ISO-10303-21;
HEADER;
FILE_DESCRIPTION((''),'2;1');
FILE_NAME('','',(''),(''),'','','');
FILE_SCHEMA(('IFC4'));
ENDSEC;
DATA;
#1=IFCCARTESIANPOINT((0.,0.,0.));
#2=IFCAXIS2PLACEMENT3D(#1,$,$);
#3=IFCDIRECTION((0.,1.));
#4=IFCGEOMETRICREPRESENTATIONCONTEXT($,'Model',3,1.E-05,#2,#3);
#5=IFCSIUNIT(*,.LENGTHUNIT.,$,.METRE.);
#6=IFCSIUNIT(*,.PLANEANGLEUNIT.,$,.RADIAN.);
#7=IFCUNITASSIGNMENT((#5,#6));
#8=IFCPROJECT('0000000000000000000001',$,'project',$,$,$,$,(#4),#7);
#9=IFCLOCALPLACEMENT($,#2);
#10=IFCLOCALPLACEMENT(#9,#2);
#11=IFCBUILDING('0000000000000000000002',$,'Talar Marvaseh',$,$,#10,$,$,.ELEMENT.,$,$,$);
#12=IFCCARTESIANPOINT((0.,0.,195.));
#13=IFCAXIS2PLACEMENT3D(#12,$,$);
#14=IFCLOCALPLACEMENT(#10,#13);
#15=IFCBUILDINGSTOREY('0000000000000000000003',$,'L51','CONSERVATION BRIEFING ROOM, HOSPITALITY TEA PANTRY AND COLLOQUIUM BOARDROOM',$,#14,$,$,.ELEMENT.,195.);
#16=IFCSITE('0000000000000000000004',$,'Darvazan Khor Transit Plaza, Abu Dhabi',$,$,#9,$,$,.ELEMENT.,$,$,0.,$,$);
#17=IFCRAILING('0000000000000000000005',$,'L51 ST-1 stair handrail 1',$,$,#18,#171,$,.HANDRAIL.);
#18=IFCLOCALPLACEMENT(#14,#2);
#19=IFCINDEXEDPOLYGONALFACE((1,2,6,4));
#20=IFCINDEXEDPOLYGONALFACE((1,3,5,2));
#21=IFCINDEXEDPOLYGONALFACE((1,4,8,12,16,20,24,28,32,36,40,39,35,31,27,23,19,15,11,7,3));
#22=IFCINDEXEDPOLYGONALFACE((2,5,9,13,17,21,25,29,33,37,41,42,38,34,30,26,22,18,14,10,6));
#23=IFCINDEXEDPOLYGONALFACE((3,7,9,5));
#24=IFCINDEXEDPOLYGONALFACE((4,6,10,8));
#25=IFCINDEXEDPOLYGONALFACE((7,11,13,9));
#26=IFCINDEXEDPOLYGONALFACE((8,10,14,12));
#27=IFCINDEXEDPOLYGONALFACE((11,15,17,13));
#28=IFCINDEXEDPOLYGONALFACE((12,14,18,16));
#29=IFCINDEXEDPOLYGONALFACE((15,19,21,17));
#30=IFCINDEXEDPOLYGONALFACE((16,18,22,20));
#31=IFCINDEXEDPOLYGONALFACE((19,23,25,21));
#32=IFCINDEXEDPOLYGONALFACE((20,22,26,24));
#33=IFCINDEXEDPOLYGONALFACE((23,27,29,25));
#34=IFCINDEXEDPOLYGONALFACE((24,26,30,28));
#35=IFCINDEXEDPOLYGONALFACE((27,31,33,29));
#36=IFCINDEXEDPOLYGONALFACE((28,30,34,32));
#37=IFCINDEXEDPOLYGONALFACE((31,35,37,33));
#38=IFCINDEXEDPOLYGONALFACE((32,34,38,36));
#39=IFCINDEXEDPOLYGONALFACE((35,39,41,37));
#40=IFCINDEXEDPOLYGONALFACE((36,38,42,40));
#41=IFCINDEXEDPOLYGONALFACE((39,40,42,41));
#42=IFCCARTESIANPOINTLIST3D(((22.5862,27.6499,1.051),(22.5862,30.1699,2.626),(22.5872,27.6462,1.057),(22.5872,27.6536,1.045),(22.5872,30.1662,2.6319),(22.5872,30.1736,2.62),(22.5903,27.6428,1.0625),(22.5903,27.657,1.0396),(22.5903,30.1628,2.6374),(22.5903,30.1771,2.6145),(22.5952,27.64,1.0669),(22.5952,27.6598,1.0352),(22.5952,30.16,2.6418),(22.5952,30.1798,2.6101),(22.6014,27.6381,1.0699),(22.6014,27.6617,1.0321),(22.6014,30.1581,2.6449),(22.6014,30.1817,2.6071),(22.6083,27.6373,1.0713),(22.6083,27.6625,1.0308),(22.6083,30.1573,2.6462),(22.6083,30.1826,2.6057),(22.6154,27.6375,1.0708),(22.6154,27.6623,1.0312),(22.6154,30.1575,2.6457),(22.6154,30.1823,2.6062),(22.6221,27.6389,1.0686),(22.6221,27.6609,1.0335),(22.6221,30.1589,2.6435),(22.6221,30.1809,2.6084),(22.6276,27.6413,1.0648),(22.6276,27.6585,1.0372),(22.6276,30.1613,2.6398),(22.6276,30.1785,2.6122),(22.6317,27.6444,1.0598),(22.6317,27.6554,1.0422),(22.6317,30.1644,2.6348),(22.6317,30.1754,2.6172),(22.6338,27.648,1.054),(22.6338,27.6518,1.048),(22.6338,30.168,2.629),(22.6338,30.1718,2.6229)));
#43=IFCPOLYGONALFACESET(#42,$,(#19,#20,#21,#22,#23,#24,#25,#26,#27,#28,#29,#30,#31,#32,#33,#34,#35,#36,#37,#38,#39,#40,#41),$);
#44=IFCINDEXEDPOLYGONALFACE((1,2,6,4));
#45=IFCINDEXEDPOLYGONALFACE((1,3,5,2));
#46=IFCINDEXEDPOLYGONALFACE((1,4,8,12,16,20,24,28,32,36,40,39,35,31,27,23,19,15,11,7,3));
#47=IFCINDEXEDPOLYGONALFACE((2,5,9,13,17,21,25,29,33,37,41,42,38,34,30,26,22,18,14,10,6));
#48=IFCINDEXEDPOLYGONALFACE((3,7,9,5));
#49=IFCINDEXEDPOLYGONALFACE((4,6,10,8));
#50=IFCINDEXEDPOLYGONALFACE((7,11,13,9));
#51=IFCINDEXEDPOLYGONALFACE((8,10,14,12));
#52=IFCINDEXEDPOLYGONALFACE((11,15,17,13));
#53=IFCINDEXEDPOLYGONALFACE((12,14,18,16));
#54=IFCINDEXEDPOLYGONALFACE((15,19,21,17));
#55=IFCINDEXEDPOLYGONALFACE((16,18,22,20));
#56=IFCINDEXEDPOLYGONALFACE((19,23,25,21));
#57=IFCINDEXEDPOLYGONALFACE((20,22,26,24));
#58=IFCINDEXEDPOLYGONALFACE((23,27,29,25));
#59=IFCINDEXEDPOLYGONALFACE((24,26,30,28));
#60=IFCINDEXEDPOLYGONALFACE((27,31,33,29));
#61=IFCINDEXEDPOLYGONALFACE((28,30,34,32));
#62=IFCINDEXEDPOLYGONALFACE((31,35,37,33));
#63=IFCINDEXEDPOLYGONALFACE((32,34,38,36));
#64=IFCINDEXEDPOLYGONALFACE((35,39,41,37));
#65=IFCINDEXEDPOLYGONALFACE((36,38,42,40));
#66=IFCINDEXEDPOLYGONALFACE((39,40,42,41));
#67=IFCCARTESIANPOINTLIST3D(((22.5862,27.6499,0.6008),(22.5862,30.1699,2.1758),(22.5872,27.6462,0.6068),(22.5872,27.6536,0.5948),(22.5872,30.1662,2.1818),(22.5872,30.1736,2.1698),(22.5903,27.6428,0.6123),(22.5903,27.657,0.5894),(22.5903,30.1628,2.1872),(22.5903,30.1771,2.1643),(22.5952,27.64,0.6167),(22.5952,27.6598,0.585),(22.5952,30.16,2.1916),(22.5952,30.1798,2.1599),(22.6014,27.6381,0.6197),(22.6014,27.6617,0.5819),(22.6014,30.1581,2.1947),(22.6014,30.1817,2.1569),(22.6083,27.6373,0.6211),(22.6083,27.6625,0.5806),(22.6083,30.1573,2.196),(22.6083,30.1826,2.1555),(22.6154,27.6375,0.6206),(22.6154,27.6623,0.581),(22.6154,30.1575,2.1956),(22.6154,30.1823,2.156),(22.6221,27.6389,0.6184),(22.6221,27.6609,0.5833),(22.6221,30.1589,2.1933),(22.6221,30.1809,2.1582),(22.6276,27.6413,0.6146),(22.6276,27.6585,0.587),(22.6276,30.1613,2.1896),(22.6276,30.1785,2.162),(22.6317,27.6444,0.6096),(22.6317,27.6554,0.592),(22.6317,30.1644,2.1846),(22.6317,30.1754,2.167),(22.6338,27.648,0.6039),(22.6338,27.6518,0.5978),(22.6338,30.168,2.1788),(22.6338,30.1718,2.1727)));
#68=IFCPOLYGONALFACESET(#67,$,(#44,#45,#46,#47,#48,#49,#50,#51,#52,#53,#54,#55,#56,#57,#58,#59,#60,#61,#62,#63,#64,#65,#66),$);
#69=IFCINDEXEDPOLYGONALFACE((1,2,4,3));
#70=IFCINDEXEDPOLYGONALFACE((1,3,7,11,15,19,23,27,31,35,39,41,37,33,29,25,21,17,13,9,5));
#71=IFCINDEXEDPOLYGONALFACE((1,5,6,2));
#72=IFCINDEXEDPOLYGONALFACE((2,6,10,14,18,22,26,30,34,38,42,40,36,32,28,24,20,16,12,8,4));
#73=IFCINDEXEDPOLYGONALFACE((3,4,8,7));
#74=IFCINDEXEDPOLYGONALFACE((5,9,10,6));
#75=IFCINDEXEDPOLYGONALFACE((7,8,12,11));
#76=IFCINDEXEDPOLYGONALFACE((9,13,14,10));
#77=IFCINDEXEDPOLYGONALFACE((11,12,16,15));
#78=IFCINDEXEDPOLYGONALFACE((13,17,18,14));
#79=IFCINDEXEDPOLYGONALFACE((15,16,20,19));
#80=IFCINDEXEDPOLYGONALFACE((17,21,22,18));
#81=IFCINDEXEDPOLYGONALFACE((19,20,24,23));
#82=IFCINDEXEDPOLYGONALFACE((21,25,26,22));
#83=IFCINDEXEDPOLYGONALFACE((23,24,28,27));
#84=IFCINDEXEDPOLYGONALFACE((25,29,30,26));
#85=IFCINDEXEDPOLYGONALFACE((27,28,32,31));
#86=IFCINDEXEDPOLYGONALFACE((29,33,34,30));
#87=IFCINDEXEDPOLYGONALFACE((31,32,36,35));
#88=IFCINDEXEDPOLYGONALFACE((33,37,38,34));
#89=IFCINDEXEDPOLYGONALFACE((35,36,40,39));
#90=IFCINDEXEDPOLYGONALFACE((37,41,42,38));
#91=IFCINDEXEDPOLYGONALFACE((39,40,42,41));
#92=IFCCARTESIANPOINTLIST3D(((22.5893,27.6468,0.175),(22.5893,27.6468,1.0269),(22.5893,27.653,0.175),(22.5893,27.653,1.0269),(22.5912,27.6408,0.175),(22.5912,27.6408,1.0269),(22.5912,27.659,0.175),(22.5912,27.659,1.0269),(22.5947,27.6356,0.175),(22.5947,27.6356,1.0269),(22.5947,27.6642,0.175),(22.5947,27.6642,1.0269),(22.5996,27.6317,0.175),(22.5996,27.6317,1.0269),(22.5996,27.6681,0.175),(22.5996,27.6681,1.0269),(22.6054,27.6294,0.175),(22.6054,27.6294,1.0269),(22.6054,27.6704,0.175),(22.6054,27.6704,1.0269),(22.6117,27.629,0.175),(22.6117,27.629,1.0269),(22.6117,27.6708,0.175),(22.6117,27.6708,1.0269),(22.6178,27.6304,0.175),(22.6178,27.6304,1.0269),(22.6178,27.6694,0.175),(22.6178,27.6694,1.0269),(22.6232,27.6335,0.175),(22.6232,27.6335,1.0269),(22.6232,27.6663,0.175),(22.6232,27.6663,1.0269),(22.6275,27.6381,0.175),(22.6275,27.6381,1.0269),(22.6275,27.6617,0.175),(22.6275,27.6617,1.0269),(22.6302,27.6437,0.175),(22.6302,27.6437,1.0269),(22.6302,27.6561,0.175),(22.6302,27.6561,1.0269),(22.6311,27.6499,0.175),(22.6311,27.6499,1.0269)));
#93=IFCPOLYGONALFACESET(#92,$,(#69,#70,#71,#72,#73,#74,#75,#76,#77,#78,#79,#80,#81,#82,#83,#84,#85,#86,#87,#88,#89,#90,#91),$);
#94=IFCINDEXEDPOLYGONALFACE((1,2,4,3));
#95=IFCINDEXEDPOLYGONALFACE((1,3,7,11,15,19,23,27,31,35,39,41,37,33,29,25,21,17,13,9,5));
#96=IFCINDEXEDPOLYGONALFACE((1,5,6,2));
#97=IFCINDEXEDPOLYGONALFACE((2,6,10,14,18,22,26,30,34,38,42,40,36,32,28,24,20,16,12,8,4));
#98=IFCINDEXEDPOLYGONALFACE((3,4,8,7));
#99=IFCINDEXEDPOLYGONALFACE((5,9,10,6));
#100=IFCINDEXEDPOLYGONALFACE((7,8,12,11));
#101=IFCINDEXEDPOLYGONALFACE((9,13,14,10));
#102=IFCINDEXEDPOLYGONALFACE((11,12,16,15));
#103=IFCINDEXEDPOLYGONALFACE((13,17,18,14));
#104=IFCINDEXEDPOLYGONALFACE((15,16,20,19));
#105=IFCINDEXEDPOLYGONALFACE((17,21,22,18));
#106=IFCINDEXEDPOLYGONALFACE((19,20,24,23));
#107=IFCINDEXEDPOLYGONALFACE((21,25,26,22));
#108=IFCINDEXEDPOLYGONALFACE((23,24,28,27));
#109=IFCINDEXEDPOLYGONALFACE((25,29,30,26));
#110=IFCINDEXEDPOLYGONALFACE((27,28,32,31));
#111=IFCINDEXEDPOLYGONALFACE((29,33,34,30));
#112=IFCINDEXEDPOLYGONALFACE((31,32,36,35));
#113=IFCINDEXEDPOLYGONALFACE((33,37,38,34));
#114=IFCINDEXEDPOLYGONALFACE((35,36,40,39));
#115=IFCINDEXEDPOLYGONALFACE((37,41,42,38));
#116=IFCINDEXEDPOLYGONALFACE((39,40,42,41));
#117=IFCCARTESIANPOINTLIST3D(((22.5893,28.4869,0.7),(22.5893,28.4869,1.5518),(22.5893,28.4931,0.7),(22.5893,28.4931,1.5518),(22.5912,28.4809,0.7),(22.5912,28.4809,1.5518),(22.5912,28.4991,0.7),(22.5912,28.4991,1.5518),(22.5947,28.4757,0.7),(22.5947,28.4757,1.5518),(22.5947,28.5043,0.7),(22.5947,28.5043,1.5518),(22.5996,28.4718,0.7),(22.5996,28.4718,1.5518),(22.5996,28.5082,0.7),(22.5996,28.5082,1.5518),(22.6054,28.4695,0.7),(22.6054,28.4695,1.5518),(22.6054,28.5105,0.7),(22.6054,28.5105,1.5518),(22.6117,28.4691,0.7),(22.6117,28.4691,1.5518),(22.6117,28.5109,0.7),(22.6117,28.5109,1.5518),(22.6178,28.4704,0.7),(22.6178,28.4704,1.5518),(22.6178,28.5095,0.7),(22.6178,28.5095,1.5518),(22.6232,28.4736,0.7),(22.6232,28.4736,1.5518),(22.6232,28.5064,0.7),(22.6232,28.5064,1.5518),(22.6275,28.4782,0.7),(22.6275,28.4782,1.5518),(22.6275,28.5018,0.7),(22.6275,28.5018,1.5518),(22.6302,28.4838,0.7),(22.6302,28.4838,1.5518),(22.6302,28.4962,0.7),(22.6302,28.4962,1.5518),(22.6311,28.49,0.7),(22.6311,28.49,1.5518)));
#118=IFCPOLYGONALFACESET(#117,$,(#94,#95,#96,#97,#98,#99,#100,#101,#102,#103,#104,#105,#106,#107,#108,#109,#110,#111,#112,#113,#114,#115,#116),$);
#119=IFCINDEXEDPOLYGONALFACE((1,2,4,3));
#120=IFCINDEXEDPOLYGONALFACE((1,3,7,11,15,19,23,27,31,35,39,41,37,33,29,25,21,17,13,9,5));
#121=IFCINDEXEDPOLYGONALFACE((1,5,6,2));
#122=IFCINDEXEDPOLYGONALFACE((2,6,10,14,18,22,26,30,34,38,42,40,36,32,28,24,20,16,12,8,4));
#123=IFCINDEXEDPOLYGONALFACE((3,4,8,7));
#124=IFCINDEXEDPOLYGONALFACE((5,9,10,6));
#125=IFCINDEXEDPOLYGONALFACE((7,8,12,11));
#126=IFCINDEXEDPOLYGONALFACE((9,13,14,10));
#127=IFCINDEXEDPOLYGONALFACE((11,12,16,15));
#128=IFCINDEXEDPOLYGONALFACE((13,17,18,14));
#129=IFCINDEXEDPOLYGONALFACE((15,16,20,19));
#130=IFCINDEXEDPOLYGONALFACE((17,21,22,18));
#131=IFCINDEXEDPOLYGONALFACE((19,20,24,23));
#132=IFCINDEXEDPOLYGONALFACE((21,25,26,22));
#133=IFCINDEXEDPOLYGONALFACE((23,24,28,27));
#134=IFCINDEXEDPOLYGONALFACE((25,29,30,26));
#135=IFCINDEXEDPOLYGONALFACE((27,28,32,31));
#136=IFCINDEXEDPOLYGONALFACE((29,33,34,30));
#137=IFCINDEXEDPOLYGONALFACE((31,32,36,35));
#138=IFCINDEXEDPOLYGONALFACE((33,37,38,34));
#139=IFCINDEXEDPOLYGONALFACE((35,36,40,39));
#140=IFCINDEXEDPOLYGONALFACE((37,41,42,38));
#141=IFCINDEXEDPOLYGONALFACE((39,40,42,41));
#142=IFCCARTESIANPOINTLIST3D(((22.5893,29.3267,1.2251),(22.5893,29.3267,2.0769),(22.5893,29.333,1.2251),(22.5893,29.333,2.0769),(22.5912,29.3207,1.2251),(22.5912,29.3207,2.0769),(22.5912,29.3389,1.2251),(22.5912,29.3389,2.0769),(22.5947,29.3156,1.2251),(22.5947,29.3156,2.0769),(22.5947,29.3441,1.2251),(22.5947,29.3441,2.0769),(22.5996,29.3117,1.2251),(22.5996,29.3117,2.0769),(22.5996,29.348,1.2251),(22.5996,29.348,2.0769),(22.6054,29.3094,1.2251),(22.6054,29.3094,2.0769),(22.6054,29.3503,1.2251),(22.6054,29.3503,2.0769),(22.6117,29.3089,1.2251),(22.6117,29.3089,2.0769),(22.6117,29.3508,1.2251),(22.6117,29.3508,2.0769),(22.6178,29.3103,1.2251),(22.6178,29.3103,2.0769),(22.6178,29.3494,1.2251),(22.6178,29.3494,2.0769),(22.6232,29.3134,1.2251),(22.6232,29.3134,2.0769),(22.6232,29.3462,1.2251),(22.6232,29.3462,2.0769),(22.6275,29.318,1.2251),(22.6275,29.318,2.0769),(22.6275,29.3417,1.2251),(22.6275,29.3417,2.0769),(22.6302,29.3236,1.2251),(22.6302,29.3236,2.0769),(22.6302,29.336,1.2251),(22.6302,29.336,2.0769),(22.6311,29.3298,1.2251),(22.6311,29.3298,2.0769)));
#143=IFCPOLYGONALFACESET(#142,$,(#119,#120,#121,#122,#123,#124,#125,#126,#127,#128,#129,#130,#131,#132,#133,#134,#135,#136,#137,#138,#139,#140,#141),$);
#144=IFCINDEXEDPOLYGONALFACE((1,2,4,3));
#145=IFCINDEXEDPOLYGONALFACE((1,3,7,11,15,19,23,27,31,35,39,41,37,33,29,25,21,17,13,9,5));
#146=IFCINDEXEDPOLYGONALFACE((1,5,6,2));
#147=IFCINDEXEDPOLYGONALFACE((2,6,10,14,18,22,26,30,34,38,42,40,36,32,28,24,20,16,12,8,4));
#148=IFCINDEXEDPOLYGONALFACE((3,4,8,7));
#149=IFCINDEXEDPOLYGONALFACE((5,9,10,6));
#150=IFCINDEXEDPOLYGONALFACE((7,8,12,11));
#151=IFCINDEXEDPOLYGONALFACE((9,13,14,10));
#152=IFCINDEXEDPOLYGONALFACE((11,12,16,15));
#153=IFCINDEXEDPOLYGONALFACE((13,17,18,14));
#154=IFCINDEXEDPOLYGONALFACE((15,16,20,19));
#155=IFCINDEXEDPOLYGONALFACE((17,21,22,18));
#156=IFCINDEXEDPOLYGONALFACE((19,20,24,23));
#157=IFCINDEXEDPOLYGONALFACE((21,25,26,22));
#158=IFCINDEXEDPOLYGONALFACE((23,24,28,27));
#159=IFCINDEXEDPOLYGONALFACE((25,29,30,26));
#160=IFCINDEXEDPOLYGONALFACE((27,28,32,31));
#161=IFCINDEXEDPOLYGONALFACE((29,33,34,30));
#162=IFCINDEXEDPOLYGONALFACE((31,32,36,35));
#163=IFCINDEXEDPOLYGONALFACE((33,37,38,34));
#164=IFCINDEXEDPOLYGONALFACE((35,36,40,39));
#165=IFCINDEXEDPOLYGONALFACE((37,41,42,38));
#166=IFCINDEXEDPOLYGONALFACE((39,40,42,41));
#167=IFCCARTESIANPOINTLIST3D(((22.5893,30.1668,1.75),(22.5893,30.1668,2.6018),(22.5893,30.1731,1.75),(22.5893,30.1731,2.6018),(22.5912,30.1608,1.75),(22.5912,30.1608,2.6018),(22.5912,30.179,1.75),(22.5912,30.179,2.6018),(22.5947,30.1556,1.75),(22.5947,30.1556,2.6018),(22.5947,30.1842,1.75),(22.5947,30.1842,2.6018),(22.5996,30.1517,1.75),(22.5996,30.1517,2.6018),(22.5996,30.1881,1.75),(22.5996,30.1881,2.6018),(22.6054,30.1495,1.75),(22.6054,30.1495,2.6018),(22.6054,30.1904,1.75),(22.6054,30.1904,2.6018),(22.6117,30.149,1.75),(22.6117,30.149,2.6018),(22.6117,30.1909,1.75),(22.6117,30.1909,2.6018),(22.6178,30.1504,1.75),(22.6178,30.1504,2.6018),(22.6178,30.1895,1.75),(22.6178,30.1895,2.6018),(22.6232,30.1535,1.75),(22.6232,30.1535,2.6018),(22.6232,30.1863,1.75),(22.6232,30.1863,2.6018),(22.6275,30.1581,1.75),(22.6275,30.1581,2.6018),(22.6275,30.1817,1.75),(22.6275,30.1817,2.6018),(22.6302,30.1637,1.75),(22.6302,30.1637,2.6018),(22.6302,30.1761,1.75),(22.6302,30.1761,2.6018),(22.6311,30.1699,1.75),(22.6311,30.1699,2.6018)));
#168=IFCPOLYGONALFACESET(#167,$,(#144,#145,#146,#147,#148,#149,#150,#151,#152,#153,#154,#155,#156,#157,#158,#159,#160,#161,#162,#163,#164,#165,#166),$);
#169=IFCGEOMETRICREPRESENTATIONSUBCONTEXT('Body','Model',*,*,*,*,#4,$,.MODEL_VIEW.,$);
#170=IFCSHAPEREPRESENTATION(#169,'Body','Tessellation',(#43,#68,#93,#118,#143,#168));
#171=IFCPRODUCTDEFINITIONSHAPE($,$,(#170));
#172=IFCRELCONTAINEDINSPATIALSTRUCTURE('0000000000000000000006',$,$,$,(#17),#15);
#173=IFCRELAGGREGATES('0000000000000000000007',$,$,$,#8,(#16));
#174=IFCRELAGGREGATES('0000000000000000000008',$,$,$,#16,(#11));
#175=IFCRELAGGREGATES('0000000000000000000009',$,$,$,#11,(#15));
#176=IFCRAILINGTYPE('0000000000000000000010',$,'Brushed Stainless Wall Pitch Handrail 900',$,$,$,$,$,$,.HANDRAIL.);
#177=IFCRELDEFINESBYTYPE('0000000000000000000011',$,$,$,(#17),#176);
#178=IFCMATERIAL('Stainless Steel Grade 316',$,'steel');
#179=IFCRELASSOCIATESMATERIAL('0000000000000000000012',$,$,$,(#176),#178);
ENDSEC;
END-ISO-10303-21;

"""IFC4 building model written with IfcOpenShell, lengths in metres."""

from ifc_helpers import new_model, si_unit, direction, frame, origin, origin_2d, place, context, subcontext, project, spatial, circle, extrude, material, type_object, element, save


model = new_model("IFC4")

# Units and contexts
model_context = context("Model", 3, precision=1e-05, world=origin(), true_north=direction((0.0, 1.0)))
body_context = subcontext(model_context, "Body", "Model", "MODEL_VIEW")
ifc_project = project(units=[si_unit("LENGTHUNIT", "METRE"), si_unit("PLANEANGLEUNIT", "RADIAN")], contexts=[model_context])

# Site, building, storey
site_placement = place(None, origin())
site = spatial("IfcSite", under=ifc_project, at=site_placement, Name="Darvazan Khor Transit Plaza, Abu Dhabi", CompositionType="ELEMENT", RefElevation=0.0)
building_placement = place(site_placement, origin())
building = spatial("IfcBuilding", under=site, at=building_placement, Name="Talar Marvaseh", CompositionType="ELEMENT")
storey_placement = place(building_placement, frame((0.0, 0.0, 195.0)))
storey = spatial("IfcBuildingStorey", under=building, at=storey_placement, Name="L51", Description="CONSERVATION BRIEFING ROOM, HOSPITALITY TEA PANTRY AND COLLOQUIUM BOARDROOM", CompositionType="ELEMENT", Elevation=195.0)

# Shared definitions
ifc_material_1 = material(Name="Stainless Steel Grade 316", Category="steel")

# Railing
railing_type_1 = type_object("IfcRailingType", Name="Brushed Stainless Wall Pitch Handrail 900", PredefinedType="HANDRAIL", material=ifc_material_1)
railing_1_placement = place(storey_placement, frame((22.6101, 27.6499, 0.175)))
element("IfcRailing", 1, at=railing_1_placement, inside=storey, type_object=railing_type_1, Name="L51 ST-1 stair handrail 1", PredefinedType="HANDRAIL", context=body_context, shape_type="SweptSolid", body=[
    extrude(circle(Radius=0.0239, at=origin_2d()), frame((0.0, 0.0, 0.876), z_axis=(0.0, 0.848008, 0.529984), x_axis=(-1.0, 0.0, 0.0)), (0.0, 0.0, 1.0), 2.9717),
    extrude(circle(Radius=0.0239, at=origin_2d()), frame((0.0, 0.0, 0.4258), z_axis=(0.0, 0.848008, 0.529984), x_axis=(-1.0, 0.0, 0.0)), (0.0, 0.0, 1.0), 2.9717),
    extrude(circle(Radius=0.021, at=origin_2d()), origin(), (0.0, 0.0, 1.0), 0.8518),
    extrude(circle(Radius=0.021, at=origin_2d()), frame((0.0, 0.8401, 0.5249)), (0.0, 0.0, 1.0), 0.8518),
    extrude(circle(Radius=0.021, at=origin_2d()), frame((0.0, 1.6799, 1.05)), (0.0, 0.0, 1.0), 0.8518),
    extrude(circle(Radius=0.021, at=origin_2d()), frame((0.0, 2.52, 1.575)), (0.0, 0.0, 1.0), 0.8518),
])

save(model, "model.ifc")
